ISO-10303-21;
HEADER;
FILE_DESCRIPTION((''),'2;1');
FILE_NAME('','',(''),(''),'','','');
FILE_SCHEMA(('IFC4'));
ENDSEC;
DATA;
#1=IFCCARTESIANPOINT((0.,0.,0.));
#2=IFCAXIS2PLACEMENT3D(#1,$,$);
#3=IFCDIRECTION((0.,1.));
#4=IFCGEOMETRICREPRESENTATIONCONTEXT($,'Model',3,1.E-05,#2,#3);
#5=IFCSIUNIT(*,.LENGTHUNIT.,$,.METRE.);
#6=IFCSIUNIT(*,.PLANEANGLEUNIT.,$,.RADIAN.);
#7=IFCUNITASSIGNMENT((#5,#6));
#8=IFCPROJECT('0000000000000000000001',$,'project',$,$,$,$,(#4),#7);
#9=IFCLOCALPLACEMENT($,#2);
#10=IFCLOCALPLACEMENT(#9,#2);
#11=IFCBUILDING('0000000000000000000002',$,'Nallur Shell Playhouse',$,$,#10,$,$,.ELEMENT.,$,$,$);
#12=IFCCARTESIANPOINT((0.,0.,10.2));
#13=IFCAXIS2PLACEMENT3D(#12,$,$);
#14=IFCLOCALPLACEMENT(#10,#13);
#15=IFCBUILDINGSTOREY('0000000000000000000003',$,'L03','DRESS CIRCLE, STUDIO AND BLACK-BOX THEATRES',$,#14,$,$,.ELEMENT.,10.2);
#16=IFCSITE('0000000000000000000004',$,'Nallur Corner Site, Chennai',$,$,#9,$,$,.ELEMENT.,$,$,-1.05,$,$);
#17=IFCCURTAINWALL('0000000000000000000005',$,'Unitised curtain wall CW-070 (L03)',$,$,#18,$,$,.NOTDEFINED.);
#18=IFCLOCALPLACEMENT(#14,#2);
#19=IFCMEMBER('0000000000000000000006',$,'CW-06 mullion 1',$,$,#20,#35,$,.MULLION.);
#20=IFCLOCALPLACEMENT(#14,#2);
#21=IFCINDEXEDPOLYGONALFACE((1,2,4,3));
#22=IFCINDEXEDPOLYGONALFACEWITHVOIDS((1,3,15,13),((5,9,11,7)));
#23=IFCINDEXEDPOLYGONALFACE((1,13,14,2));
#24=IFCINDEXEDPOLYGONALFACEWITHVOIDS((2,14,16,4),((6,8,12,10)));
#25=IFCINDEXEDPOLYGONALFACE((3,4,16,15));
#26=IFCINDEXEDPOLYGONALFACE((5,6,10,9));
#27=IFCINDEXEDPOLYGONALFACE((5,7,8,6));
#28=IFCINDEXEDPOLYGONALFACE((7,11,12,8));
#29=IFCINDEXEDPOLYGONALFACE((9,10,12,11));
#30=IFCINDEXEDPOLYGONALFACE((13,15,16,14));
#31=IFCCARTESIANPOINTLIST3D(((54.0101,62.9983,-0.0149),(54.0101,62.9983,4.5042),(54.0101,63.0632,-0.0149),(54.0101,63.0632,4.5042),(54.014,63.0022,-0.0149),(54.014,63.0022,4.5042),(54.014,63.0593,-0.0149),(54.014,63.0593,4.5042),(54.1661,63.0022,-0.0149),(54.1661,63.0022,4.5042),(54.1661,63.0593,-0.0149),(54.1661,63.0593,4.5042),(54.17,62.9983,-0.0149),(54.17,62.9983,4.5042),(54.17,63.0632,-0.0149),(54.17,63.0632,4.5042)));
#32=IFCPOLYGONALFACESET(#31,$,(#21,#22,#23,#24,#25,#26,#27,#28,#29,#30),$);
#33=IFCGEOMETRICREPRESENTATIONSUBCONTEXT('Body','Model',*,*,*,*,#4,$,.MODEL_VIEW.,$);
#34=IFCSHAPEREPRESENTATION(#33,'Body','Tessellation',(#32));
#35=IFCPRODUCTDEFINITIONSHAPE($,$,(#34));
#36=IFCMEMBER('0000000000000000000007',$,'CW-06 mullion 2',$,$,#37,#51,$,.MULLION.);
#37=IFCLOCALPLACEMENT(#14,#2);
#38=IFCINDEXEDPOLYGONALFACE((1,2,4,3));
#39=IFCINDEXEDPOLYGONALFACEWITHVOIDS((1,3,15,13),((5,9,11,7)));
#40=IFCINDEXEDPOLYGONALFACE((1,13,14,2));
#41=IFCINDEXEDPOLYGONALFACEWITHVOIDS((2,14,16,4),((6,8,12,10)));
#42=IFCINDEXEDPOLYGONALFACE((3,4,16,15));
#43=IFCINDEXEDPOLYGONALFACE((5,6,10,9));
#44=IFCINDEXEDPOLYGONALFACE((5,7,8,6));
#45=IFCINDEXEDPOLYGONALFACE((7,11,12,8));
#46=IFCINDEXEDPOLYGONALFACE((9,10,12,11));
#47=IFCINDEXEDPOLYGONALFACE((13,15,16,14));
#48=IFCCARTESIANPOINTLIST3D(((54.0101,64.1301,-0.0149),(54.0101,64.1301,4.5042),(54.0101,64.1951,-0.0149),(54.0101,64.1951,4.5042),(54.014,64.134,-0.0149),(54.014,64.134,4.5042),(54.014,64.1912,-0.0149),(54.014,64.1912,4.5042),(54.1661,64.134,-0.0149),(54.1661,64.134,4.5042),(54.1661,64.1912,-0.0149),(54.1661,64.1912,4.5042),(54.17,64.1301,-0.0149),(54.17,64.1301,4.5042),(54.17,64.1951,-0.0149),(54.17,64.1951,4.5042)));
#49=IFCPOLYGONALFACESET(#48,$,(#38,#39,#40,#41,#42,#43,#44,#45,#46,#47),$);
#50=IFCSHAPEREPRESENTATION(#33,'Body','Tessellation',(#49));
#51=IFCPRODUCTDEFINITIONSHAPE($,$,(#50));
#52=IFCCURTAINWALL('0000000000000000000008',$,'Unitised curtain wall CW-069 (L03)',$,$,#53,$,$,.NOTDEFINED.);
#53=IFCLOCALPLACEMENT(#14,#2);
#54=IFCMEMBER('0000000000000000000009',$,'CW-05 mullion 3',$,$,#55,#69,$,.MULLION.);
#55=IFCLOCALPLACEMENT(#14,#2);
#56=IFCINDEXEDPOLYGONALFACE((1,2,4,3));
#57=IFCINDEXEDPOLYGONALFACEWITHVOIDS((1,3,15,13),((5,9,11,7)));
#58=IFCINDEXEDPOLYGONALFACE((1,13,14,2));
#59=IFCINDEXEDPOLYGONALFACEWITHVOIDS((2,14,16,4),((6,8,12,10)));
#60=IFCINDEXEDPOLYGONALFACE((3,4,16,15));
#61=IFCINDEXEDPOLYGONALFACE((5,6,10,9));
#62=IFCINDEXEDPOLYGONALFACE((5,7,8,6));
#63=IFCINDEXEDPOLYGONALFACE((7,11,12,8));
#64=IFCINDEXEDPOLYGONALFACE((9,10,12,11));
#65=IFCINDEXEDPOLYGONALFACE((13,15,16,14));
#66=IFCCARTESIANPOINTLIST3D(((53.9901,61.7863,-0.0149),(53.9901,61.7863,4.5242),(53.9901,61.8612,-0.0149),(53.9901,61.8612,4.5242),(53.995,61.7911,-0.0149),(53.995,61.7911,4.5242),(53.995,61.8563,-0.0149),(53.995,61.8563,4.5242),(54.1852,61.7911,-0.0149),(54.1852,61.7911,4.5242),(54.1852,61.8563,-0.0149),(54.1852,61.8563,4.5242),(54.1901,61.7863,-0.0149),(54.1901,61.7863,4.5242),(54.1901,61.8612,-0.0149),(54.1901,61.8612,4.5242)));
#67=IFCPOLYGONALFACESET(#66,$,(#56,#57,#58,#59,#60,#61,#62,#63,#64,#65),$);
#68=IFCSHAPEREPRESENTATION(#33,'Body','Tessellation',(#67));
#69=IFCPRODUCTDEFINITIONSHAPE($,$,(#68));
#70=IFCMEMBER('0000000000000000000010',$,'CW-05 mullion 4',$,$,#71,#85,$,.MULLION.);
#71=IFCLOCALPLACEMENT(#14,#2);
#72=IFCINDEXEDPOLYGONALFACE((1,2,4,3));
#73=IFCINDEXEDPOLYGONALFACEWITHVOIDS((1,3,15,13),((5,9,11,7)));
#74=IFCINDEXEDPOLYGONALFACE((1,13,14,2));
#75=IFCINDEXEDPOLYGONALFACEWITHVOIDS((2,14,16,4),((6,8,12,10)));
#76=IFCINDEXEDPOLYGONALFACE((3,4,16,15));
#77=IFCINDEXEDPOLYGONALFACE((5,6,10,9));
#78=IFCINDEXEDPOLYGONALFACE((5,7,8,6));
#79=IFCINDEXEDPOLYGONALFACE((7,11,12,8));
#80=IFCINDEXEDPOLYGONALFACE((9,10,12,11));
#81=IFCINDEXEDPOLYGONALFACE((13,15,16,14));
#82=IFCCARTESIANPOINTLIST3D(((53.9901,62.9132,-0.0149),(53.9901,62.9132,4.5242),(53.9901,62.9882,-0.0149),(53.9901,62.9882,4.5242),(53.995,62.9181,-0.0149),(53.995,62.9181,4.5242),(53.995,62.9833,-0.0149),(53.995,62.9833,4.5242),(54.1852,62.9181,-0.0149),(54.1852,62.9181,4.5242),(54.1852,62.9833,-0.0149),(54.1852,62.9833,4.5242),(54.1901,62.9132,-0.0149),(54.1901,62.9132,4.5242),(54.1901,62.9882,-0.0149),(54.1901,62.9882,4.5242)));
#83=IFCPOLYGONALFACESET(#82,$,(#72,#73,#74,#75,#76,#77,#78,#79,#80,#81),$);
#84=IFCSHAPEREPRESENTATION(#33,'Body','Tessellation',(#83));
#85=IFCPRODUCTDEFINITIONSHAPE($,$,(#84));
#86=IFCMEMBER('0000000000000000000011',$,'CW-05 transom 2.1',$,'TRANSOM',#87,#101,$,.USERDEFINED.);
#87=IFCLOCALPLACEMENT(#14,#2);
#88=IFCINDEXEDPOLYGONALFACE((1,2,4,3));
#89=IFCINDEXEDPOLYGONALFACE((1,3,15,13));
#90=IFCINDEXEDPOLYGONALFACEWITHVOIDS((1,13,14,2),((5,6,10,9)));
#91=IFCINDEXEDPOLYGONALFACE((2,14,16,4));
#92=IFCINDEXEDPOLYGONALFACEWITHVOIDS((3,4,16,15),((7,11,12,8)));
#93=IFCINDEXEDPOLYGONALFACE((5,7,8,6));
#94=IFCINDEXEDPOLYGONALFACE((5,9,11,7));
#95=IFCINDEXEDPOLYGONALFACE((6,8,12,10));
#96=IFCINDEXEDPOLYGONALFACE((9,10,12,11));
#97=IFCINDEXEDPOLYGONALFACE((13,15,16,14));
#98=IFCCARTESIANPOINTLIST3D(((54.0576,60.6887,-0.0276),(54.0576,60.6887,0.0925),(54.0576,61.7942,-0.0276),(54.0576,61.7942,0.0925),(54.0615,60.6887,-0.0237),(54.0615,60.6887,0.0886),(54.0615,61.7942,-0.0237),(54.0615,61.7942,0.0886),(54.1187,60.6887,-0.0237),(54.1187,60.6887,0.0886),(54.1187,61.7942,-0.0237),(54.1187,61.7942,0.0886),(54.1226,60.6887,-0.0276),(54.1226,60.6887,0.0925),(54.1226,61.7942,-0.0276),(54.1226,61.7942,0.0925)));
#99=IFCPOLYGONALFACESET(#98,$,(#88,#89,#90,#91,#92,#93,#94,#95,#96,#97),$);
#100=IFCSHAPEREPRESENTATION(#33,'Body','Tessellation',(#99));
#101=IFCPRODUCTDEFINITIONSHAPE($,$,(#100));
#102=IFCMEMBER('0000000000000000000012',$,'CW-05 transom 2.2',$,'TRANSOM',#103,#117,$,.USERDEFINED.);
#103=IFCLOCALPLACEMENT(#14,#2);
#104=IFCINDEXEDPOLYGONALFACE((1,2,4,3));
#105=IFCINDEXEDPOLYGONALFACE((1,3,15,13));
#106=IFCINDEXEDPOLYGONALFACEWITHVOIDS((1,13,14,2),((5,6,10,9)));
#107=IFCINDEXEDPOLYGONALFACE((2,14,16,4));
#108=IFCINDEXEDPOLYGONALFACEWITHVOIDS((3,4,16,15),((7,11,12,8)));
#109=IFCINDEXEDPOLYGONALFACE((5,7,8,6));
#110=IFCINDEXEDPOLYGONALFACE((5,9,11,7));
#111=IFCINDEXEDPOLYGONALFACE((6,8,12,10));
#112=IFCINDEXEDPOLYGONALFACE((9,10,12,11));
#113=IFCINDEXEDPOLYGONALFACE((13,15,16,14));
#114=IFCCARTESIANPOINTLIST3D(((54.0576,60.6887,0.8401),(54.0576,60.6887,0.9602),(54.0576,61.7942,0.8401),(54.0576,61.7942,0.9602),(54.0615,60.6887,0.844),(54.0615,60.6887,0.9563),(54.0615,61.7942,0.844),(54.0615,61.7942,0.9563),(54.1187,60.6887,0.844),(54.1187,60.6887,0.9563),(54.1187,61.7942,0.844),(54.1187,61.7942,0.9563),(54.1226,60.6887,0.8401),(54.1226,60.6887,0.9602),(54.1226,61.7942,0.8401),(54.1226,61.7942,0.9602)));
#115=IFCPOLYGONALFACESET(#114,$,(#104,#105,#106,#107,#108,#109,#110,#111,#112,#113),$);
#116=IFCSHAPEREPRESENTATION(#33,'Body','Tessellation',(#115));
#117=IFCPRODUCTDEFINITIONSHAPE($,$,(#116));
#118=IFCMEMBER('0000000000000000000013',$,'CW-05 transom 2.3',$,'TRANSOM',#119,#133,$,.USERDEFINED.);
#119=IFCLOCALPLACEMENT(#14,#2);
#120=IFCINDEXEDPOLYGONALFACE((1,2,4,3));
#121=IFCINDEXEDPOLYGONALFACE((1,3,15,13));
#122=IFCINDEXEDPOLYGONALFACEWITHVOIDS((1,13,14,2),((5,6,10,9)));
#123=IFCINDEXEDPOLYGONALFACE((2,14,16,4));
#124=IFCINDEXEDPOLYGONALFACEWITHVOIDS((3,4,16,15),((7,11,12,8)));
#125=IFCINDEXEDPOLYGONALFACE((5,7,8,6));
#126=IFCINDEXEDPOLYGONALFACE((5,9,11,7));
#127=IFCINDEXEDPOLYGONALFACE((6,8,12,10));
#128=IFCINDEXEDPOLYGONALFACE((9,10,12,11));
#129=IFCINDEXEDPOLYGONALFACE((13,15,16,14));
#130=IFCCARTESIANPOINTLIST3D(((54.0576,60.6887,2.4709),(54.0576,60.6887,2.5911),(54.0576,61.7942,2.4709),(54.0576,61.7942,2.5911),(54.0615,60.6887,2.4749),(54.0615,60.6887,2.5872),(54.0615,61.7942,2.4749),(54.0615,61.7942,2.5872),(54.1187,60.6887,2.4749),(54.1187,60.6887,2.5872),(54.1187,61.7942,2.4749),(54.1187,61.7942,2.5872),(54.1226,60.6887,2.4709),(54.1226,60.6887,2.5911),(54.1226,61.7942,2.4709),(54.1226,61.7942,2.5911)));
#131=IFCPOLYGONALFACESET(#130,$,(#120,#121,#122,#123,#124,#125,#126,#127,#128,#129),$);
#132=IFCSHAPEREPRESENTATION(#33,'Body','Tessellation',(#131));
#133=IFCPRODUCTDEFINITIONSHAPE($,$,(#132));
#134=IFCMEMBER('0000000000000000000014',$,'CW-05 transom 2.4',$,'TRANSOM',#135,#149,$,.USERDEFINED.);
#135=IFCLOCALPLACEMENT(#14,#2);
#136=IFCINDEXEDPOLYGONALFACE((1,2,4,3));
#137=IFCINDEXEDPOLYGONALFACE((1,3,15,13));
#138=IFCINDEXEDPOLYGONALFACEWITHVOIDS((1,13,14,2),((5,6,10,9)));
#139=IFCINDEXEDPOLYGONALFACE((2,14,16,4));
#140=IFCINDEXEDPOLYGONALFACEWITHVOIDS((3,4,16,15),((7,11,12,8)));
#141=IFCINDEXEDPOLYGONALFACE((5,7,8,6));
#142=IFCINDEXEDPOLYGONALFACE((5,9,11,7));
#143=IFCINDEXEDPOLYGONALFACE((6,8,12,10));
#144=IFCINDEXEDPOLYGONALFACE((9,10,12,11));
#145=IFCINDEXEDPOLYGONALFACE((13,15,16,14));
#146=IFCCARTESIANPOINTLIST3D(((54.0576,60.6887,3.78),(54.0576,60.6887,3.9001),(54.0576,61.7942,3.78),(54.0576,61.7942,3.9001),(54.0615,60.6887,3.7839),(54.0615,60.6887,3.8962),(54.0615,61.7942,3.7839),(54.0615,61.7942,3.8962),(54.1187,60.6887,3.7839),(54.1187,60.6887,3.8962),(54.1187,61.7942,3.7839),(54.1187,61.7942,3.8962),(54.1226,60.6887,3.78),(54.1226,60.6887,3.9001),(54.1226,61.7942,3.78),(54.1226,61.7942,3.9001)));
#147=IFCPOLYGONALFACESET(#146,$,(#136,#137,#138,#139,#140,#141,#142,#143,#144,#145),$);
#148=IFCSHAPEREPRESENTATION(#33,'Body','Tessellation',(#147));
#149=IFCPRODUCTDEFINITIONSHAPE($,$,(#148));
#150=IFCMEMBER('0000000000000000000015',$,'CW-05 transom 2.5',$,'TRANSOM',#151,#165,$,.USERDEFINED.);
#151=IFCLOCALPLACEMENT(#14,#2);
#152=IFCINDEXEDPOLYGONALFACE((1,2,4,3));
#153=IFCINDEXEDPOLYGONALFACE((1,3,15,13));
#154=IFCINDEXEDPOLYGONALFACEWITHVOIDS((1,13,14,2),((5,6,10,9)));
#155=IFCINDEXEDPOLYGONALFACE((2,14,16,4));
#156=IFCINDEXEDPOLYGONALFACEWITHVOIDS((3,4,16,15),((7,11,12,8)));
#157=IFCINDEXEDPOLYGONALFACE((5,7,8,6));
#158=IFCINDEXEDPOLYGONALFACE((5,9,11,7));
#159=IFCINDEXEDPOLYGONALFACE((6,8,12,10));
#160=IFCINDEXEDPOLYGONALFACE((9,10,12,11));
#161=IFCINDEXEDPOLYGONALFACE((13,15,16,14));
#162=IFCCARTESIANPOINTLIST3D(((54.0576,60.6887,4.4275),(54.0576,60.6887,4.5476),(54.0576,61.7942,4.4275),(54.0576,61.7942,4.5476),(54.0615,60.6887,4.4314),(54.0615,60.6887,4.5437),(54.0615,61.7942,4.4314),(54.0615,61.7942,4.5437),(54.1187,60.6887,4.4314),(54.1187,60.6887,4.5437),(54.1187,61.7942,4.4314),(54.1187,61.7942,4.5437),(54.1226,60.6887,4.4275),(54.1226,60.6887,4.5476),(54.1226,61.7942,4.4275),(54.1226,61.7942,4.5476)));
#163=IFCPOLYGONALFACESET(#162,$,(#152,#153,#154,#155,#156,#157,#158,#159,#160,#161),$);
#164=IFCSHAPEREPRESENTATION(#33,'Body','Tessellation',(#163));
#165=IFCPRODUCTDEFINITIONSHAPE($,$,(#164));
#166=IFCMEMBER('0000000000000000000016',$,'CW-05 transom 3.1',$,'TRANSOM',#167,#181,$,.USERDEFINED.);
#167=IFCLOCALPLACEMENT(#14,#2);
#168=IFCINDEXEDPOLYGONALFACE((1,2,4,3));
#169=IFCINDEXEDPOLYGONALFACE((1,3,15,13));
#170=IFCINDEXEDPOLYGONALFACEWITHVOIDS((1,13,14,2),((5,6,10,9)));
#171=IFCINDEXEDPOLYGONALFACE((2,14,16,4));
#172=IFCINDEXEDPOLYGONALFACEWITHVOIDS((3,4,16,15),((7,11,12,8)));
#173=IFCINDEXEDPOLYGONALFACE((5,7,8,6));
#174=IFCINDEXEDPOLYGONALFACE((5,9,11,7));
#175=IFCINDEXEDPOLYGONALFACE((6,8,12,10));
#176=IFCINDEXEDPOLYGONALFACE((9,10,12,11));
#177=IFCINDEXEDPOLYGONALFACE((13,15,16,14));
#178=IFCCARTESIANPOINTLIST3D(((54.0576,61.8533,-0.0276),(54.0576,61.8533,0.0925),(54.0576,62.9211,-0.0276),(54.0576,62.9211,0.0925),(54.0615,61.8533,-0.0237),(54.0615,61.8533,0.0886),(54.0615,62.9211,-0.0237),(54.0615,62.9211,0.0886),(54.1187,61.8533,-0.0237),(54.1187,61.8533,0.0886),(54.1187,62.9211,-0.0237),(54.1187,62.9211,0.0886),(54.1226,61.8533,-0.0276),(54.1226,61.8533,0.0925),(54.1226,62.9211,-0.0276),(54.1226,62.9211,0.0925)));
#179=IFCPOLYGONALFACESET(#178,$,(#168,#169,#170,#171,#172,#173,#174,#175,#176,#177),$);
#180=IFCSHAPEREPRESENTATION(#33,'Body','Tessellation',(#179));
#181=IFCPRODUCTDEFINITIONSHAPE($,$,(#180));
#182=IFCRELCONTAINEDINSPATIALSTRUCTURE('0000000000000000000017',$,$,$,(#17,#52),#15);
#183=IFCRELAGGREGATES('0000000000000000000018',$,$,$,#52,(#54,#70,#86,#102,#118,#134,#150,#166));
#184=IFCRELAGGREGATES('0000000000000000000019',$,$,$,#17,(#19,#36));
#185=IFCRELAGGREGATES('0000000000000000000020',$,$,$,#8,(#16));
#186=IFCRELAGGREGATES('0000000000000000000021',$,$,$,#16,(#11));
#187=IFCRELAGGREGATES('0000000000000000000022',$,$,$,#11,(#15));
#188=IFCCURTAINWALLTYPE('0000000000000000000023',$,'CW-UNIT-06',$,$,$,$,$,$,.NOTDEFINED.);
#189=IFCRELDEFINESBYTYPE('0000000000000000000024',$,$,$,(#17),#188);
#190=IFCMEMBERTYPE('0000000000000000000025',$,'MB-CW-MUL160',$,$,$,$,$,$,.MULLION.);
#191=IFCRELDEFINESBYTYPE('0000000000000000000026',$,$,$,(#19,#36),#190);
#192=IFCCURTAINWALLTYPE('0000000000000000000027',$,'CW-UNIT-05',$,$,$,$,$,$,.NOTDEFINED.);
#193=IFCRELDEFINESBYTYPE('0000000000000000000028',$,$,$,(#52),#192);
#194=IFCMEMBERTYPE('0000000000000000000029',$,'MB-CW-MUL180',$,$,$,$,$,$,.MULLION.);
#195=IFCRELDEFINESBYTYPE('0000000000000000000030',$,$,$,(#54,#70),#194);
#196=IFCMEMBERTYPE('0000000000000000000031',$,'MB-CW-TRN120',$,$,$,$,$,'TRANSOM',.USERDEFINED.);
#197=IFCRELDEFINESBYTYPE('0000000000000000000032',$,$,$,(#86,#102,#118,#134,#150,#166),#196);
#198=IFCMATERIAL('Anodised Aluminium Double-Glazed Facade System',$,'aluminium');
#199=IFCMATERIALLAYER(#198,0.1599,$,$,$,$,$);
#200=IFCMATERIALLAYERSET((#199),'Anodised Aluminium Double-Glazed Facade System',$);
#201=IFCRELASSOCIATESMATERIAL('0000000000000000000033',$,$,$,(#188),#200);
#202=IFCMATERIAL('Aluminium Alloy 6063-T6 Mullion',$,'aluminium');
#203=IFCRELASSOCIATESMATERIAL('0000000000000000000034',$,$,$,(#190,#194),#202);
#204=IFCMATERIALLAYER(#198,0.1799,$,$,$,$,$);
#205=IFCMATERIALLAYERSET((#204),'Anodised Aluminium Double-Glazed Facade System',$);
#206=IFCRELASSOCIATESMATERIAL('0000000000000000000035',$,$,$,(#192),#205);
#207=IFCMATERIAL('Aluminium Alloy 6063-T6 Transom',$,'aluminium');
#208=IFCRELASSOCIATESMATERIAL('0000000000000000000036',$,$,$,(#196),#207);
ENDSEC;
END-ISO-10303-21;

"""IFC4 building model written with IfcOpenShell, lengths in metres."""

from ifc_helpers import new_model, si_unit, direction, frame, origin, origin_2d, place, context, subcontext, project, spatial, hollow_rectangle, extrude, material, layer, layer_set, material_profile, profile_set, type_object, element, aggregate, save


model = new_model("IFC4")

# Units and contexts
model_context = context("Model", 3, precision=1e-05, world=origin(), true_north=direction((0.0, 1.0)))
body_context = subcontext(model_context, "Body", "Model", "MODEL_VIEW")
ifc_project = project(units=[si_unit("LENGTHUNIT", "METRE"), si_unit("PLANEANGLEUNIT", "RADIAN")], contexts=[model_context])

# Site, building, storey
site_placement = place(None, origin())
site = spatial("IfcSite", under=ifc_project, at=site_placement, Name="Nallur Corner Site, Chennai", CompositionType="ELEMENT", RefElevation=-1.05)
building_placement = place(site_placement, origin())
building = spatial("IfcBuilding", under=site, at=building_placement, Name="Nallur Shell Playhouse", CompositionType="ELEMENT")
storey_placement = place(building_placement, frame((0.0, 0.0, 10.2)))
storey = spatial("IfcBuildingStorey", under=building, at=storey_placement, Name="L03", Description="DRESS CIRCLE, STUDIO AND BLACK-BOX THEATRES", CompositionType="ELEMENT", Elevation=10.2)

# Curtain walls, members
ifc_material_1 = material(Name="Anodised Aluminium Double-Glazed Facade System", Category="aluminium")
ifc_layer_1 = layer(ifc_material_1, 0.1599)
ifc_layer_set_1 = layer_set([ifc_layer_1], Name="Anodised Aluminium Double-Glazed Facade System")
curtain_wall_type_1 = type_object("IfcCurtainWallType", Name="CW-UNIT-06", PredefinedType="NOTDEFINED", material=ifc_layer_set_1)
curtain_wall_1_placement = place(storey_placement, origin())
curtain_wall_1 = element("IfcCurtainWall", 1, at=curtain_wall_1_placement, inside=storey, type_object=curtain_wall_type_1, Name="Unitised curtain wall CW-070 (L03)", PredefinedType="NOTDEFINED")
ifc_material_2 = material(Name="Aluminium Alloy 6063-T6 Mullion", Category="aluminium")
ifc_material_profile_1 = material_profile(ifc_material_2, hollow_rectangle(XDim=0.0649, YDim=0.1599, WallThickness=0.0039, at=origin_2d()), Name="ALU 65x160x4")
ifc_profile_set_1 = profile_set([ifc_material_profile_1], Name="Aluminium Alloy 6063-T6 Mullion")
member_type_1 = type_object("IfcMemberType", Name="MB-CW-MUL160", PredefinedType="MULLION", material=ifc_profile_set_1)
member_1_placement = place(storey_placement, frame((54.0901, 63.0308, -0.0149), z_axis=(0.0, 0.0, 1.0), x_axis=(0.0, 1.0, 0.0)))
member_1 = element("IfcMember", 2, at=member_1_placement, type_object=member_type_1, Name="CW-06 mullion 1", PredefinedType="MULLION", context=body_context, shape_type="SweptSolid", body=[
    extrude(hollow_rectangle(XDim=0.0649, YDim=0.1599, WallThickness=0.0039, at=origin_2d()), origin(), (0.0, 0.0, 1.0), 4.519),
])
member_2_placement = place(storey_placement, frame((54.0901, 64.1626, -0.0149), z_axis=(0.0, 0.0, 1.0), x_axis=(0.0, 1.0, 0.0)))
member_2 = element("IfcMember", 3, at=member_2_placement, type_object=member_type_1, Name="CW-06 mullion 2", PredefinedType="MULLION", context=body_context, shape_type="SweptSolid", body=[
    extrude(hollow_rectangle(XDim=0.0649, YDim=0.1599, WallThickness=0.0039, at=origin_2d()), origin(), (0.0, 0.0, 1.0), 4.519),
])
ifc_layer_2 = layer(ifc_material_1, 0.1799)
ifc_layer_set_2 = layer_set([ifc_layer_2], Name="Anodised Aluminium Double-Glazed Facade System")
curtain_wall_type_2 = type_object("IfcCurtainWallType", Name="CW-UNIT-05", PredefinedType="NOTDEFINED", material=ifc_layer_set_2)
curtain_wall_2_placement = place(storey_placement, origin())
curtain_wall_2 = element("IfcCurtainWall", 4, at=curtain_wall_2_placement, inside=storey, type_object=curtain_wall_type_2, Name="Unitised curtain wall CW-069 (L03)", PredefinedType="NOTDEFINED")
ifc_material_profile_2 = material_profile(ifc_material_2, hollow_rectangle(XDim=0.075, YDim=0.2, WallThickness=0.0049, at=origin_2d()), Name="ALU 75x200x5")
ifc_profile_set_2 = profile_set([ifc_material_profile_2], Name="Aluminium Alloy 6063-T6 Mullion")
member_type_2 = type_object("IfcMemberType", Name="MB-CW-MUL180", PredefinedType="MULLION", material=ifc_profile_set_2)
member_3_placement = place(storey_placement, frame((54.0901, 61.8237, -0.0149), z_axis=(0.0, 0.0, 1.0), x_axis=(0.0, 1.0, 0.0)))
member_3 = element("IfcMember", 5, at=member_3_placement, type_object=member_type_2, Name="CW-05 mullion 3", PredefinedType="MULLION", context=body_context, shape_type="SweptSolid", body=[
    extrude(hollow_rectangle(XDim=0.075, YDim=0.2, WallThickness=0.0049, at=origin_2d()), origin(), (0.0, 0.0, 1.0), 4.5391),
])
member_4_placement = place(storey_placement, frame((54.0901, 62.9507, -0.0149), z_axis=(0.0, 0.0, 1.0), x_axis=(0.0, 1.0, 0.0)))
member_4 = element("IfcMember", 6, at=member_4_placement, type_object=member_type_2, Name="CW-05 mullion 4", PredefinedType="MULLION", context=body_context, shape_type="SweptSolid", body=[
    extrude(hollow_rectangle(XDim=0.075, YDim=0.2, WallThickness=0.0049, at=origin_2d()), origin(), (0.0, 0.0, 1.0), 4.5391),
])
ifc_material_3 = material(Name="Aluminium Alloy 6063-T6 Transom", Category="aluminium")
ifc_material_profile_3 = material_profile(ifc_material_3, hollow_rectangle(XDim=0.0649, YDim=0.1201, WallThickness=0.0039, at=origin_2d()), Name="ALU 65x120x4")
ifc_profile_set_3 = profile_set([ifc_material_profile_3], Name="Aluminium Alloy 6063-T6 Transom")
member_type_3 = type_object("IfcMemberType", Name="MB-CW-TRN120", ElementType="TRANSOM", PredefinedType="USERDEFINED", material=ifc_profile_set_3)
member_5_placement = place(storey_placement, frame((54.0901, 60.6887, 0.0325), z_axis=(0.0, 1.0, 0.0), x_axis=(-1.0, 0.0, 0.0)))
member_5 = element("IfcMember", 7, at=member_5_placement, type_object=member_type_3, Name="CW-05 transom 2.1", ObjectType="TRANSOM", PredefinedType="USERDEFINED", context=body_context, shape_type="SweptSolid", body=[
    extrude(hollow_rectangle(XDim=0.0649, YDim=0.1201, WallThickness=0.0039, at=origin_2d()), origin(), (0.0, 0.0, 1.0), 1.1055),
])
member_6_placement = place(storey_placement, frame((54.0901, 60.6887, 0.9001), z_axis=(0.0, 1.0, 0.0), x_axis=(-1.0, 0.0, 0.0)))
member_6 = element("IfcMember", 8, at=member_6_placement, type_object=member_type_3, Name="CW-05 transom 2.2", ObjectType="TRANSOM", PredefinedType="USERDEFINED", context=body_context, shape_type="SweptSolid", body=[
    extrude(hollow_rectangle(XDim=0.0649, YDim=0.1201, WallThickness=0.0039, at=origin_2d()), origin(), (0.0, 0.0, 1.0), 1.1055),
])
member_7_placement = place(storey_placement, frame((54.0901, 60.6887, 2.531), z_axis=(0.0, 1.0, 0.0), x_axis=(-1.0, 0.0, 0.0)))
member_7 = element("IfcMember", 9, at=member_7_placement, type_object=member_type_3, Name="CW-05 transom 2.3", ObjectType="TRANSOM", PredefinedType="USERDEFINED", context=body_context, shape_type="SweptSolid", body=[
    extrude(hollow_rectangle(XDim=0.0649, YDim=0.1201, WallThickness=0.0039, at=origin_2d()), origin(), (0.0, 0.0, 1.0), 1.1055),
])
member_8_placement = place(storey_placement, frame((54.0901, 60.6887, 3.8401), z_axis=(0.0, 1.0, 0.0), x_axis=(-1.0, 0.0, 0.0)))
member_8 = element("IfcMember", 10, at=member_8_placement, type_object=member_type_3, Name="CW-05 transom 2.4", ObjectType="TRANSOM", PredefinedType="USERDEFINED", context=body_context, shape_type="SweptSolid", body=[
    extrude(hollow_rectangle(XDim=0.0649, YDim=0.1201, WallThickness=0.0039, at=origin_2d()), origin(), (0.0, 0.0, 1.0), 1.1055),
])
member_9_placement = place(storey_placement, frame((54.0901, 60.6887, 4.4875), z_axis=(0.0, 1.0, 0.0), x_axis=(-1.0, 0.0, 0.0)))
member_9 = element("IfcMember", 11, at=member_9_placement, type_object=member_type_3, Name="CW-05 transom 2.5", ObjectType="TRANSOM", PredefinedType="USERDEFINED", context=body_context, shape_type="SweptSolid", body=[
    extrude(hollow_rectangle(XDim=0.0649, YDim=0.1201, WallThickness=0.0039, at=origin_2d()), origin(), (0.0, 0.0, 1.0), 1.1055),
])
member_10_placement = place(storey_placement, frame((54.0901, 61.8533, 0.0325), z_axis=(0.0, 1.0, 0.0), x_axis=(-1.0, 0.0, 0.0)))
member_10 = element("IfcMember", 12, at=member_10_placement, type_object=member_type_3, Name="CW-05 transom 3.1", ObjectType="TRANSOM", PredefinedType="USERDEFINED", context=body_context, shape_type="SweptSolid", body=[
    extrude(hollow_rectangle(XDim=0.0649, YDim=0.1201, WallThickness=0.0039, at=origin_2d()), origin(), (0.0, 0.0, 1.0), 1.0679),
])

aggregate(curtain_wall_2, [member_3, member_4, member_5, member_6, member_7, member_8, member_9, member_10])
aggregate(curtain_wall_1, [member_1, member_2])

save(model, "model.ifc")
